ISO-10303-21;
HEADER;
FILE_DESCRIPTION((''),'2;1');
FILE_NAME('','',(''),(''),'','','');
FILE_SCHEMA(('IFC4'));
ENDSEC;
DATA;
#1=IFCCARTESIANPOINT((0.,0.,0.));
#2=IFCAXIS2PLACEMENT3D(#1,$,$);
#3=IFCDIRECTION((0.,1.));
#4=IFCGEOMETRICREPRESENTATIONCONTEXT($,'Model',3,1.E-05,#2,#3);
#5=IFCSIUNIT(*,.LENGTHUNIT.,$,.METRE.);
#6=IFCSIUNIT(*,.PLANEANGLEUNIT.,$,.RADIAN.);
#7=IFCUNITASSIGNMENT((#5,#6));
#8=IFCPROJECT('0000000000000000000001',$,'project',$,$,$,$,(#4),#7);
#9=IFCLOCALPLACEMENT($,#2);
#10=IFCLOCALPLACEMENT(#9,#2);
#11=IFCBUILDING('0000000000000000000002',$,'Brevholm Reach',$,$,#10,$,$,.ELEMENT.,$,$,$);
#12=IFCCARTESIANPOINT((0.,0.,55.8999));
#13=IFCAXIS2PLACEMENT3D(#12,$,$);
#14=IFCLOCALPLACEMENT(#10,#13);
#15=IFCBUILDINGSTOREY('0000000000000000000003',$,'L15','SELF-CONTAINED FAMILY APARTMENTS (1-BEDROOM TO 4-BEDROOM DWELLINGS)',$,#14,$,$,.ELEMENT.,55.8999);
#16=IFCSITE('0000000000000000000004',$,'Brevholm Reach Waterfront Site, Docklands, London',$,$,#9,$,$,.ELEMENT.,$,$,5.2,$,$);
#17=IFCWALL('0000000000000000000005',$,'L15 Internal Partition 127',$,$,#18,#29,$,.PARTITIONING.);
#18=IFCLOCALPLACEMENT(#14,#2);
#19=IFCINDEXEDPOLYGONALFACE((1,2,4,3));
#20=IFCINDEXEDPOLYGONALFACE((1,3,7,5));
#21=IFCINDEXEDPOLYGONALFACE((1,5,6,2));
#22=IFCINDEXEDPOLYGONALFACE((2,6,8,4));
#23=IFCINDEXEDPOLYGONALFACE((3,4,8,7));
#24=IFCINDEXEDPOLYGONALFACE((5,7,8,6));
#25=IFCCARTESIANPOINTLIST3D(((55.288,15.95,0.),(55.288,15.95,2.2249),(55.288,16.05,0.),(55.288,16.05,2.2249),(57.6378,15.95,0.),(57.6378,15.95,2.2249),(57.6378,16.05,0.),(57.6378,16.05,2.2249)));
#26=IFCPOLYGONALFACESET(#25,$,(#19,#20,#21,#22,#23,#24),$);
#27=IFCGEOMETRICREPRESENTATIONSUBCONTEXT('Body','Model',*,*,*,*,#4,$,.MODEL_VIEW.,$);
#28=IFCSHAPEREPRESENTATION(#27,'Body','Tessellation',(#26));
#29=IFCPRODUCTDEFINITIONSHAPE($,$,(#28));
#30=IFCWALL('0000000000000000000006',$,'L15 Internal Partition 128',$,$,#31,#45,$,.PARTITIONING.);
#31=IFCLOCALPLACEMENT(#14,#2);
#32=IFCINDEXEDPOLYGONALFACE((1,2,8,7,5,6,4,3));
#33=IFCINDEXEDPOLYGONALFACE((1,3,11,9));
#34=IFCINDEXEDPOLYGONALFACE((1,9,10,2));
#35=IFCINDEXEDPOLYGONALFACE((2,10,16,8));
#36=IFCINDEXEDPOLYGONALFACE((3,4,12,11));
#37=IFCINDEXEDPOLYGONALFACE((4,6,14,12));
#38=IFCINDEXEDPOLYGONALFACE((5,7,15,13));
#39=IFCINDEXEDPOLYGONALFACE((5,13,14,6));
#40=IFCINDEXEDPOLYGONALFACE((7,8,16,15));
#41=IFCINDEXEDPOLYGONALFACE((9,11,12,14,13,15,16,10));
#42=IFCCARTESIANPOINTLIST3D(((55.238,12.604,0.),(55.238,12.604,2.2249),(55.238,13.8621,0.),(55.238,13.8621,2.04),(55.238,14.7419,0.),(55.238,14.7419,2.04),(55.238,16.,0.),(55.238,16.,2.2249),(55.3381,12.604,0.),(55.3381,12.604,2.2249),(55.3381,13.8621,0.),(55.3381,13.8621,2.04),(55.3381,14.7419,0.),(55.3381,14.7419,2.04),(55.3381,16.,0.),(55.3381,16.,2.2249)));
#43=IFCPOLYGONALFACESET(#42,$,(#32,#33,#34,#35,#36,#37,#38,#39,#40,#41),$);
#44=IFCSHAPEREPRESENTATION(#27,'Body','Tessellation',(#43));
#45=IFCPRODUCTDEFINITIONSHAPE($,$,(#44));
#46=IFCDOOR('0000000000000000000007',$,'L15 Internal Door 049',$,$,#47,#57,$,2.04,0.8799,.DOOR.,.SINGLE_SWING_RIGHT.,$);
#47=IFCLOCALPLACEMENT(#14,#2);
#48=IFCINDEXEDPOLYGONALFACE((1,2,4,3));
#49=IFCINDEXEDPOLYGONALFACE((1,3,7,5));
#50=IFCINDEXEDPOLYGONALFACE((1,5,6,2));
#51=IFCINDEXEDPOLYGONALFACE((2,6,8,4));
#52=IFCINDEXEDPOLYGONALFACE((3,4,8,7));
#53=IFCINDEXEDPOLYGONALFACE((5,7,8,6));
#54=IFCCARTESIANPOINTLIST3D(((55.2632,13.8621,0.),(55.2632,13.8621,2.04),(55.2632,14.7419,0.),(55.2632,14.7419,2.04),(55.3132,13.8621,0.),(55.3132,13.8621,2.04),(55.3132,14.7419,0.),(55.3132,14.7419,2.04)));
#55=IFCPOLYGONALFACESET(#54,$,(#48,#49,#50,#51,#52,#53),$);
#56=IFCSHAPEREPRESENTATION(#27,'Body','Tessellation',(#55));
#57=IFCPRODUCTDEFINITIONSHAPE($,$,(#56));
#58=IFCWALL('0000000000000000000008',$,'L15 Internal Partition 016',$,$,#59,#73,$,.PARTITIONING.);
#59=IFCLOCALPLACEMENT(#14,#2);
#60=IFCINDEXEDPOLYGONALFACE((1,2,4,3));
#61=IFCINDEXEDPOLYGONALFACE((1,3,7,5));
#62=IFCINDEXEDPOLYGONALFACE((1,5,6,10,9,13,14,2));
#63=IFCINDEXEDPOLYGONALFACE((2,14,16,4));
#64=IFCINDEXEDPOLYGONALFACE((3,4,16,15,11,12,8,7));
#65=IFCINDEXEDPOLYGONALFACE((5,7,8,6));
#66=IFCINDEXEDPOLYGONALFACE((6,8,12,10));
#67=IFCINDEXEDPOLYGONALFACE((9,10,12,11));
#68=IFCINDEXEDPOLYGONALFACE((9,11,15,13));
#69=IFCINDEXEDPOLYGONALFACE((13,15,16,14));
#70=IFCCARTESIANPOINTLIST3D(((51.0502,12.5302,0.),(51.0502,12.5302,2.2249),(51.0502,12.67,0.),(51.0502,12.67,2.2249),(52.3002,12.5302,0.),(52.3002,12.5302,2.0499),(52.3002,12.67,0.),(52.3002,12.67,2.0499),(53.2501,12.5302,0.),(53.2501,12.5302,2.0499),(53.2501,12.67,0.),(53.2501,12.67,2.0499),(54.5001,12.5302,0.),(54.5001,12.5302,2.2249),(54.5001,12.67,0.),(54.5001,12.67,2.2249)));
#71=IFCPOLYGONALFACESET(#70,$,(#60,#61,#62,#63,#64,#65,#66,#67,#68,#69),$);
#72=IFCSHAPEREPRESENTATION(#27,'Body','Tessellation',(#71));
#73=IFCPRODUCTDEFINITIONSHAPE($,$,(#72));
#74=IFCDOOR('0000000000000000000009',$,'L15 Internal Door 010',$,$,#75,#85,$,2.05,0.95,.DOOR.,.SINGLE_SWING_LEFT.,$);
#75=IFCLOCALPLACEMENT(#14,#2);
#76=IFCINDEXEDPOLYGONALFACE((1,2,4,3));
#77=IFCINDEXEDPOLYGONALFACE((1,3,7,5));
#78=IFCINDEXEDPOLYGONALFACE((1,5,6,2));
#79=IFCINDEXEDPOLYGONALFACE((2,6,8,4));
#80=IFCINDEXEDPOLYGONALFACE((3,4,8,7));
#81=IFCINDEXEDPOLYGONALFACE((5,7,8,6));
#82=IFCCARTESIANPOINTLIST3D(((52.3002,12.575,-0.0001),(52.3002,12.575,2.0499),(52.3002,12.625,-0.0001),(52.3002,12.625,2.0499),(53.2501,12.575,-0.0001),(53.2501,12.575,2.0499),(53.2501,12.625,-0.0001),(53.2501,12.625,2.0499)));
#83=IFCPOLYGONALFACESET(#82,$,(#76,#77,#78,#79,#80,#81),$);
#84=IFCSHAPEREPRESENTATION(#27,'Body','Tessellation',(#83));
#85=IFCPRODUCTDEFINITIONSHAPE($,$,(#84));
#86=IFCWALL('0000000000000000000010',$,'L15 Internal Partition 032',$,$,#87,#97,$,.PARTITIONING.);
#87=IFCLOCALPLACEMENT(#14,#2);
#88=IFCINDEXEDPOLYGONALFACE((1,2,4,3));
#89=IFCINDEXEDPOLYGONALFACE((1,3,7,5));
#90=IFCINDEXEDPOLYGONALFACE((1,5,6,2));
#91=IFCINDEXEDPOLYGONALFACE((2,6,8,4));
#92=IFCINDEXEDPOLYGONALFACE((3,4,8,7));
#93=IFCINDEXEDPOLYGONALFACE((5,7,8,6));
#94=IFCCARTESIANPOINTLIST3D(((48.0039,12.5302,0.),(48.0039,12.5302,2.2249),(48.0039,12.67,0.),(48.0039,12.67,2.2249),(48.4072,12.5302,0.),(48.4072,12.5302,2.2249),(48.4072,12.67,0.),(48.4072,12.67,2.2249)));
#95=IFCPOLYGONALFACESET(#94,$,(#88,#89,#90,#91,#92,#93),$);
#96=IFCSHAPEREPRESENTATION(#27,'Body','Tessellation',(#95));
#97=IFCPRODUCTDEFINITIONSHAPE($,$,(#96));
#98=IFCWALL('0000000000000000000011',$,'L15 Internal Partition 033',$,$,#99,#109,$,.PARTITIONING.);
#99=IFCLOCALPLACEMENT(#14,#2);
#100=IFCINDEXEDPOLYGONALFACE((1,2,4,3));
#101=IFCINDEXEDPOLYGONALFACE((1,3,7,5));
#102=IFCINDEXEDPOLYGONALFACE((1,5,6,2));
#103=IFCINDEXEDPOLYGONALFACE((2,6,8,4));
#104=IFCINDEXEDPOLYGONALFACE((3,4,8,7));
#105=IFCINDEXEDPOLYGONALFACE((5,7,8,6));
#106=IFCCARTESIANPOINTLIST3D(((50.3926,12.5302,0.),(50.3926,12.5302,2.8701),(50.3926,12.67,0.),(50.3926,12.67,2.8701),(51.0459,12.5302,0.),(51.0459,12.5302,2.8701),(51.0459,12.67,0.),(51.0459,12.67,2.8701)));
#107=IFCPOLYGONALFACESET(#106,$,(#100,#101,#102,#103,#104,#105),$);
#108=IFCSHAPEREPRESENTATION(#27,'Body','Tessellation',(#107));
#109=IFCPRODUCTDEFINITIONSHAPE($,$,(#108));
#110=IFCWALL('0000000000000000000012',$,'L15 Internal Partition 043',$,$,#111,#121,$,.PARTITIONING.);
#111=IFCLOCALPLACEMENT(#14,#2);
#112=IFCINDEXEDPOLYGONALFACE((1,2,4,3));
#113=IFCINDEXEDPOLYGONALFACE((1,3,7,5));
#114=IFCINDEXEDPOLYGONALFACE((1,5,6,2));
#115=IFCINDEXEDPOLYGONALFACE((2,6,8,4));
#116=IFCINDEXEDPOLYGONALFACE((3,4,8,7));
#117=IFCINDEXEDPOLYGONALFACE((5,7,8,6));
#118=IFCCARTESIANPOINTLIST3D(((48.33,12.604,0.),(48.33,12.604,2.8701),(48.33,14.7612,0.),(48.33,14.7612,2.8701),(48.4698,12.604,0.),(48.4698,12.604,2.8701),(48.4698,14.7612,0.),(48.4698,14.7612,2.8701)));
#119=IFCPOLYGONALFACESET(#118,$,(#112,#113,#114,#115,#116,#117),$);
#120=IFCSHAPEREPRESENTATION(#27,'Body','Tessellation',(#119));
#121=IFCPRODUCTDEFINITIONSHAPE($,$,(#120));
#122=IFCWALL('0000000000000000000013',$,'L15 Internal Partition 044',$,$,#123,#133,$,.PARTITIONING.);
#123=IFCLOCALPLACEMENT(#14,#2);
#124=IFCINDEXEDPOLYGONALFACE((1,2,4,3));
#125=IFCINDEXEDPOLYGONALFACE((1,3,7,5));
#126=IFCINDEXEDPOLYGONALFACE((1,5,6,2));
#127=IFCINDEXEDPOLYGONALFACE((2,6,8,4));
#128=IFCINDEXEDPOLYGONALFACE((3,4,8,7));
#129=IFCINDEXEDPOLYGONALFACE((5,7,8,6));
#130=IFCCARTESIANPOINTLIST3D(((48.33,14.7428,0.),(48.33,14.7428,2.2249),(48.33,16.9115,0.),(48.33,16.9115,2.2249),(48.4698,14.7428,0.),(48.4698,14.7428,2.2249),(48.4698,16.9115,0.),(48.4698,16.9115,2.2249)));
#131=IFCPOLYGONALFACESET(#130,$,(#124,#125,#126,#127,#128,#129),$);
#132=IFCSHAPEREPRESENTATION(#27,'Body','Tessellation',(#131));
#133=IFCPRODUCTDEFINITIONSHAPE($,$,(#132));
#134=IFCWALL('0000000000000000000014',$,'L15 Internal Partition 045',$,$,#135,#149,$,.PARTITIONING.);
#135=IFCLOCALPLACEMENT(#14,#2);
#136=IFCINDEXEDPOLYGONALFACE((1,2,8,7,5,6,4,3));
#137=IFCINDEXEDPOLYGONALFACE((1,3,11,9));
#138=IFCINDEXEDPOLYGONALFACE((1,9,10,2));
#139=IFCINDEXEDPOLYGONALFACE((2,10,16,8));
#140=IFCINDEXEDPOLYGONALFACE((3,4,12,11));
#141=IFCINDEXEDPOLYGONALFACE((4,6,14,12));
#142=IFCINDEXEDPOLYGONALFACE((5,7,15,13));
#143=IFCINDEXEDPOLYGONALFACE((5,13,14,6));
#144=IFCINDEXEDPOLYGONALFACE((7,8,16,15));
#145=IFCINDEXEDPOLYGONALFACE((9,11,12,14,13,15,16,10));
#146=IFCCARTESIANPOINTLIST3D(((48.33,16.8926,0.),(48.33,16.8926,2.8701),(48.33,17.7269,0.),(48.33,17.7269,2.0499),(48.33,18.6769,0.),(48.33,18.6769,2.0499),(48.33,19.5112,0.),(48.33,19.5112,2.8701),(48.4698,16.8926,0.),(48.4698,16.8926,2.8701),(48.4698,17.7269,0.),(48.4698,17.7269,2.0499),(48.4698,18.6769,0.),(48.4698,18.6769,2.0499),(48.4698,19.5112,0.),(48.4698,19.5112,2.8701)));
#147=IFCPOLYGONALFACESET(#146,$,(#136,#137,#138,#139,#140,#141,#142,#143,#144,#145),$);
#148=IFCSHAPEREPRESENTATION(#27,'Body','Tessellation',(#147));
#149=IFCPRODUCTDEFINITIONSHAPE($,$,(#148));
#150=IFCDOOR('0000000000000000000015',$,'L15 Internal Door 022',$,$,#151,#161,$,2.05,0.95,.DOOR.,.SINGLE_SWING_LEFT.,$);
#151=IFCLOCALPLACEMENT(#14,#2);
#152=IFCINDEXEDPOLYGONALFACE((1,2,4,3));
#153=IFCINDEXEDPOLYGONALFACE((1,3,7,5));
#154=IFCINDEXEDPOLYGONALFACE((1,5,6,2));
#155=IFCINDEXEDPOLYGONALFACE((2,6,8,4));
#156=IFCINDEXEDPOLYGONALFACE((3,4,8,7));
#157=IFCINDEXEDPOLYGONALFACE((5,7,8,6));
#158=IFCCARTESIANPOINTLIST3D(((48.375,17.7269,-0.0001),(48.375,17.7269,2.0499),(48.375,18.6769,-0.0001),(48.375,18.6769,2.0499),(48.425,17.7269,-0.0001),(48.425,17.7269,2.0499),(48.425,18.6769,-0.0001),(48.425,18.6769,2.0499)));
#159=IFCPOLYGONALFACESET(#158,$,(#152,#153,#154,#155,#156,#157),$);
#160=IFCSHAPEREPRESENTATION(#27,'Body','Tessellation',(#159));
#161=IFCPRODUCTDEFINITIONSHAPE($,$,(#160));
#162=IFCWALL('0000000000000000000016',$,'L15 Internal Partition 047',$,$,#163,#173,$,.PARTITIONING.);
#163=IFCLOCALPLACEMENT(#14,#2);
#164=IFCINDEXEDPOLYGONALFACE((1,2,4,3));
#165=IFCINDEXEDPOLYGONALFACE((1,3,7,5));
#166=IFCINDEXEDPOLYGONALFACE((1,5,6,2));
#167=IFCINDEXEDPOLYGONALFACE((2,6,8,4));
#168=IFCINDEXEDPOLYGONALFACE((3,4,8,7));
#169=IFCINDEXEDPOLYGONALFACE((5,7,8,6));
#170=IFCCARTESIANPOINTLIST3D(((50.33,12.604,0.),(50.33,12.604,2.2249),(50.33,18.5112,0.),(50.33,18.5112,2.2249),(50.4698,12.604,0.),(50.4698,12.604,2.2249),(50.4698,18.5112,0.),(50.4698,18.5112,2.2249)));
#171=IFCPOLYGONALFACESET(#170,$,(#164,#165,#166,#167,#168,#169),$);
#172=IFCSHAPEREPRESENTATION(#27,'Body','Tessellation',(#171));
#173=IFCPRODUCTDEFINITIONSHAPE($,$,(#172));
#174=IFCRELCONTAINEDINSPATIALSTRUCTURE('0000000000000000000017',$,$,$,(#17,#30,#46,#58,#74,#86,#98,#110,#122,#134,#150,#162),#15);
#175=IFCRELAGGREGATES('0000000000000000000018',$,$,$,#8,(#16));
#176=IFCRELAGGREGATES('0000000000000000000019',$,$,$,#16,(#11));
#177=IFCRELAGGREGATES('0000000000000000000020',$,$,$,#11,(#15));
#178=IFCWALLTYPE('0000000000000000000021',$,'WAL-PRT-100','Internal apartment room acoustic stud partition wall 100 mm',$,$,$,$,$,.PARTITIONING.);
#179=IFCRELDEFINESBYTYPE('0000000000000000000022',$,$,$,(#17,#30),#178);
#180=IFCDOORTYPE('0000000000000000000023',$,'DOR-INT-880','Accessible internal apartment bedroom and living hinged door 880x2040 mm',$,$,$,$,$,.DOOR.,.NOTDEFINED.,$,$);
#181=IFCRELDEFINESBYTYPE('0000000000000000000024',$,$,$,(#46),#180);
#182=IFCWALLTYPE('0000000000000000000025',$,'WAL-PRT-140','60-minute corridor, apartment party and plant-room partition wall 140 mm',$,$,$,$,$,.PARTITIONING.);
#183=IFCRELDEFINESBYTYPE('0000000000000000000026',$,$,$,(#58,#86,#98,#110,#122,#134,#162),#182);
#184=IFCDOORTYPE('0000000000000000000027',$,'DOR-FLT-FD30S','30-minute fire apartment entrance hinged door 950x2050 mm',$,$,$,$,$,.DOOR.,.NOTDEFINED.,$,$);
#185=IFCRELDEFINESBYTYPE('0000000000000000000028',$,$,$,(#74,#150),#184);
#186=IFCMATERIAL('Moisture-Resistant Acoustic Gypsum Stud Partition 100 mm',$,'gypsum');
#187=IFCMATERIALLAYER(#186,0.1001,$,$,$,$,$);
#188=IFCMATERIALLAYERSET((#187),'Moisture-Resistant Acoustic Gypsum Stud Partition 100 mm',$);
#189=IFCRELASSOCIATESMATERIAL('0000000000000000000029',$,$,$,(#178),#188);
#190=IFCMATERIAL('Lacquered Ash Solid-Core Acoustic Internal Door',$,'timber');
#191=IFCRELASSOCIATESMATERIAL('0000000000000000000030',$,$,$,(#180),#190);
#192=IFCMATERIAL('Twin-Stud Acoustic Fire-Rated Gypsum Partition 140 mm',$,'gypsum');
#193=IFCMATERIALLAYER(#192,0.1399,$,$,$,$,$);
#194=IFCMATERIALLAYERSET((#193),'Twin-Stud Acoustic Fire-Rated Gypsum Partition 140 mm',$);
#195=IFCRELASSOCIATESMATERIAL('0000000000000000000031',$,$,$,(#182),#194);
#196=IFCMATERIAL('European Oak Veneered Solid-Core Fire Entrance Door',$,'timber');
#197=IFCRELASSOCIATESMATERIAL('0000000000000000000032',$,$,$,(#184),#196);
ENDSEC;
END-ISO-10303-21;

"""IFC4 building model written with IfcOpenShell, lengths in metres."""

from ifc_helpers import new_model, si_unit, direction, frame, frame_2d, origin, place, context, subcontext, project, spatial, rectangle, extrude, material, layer, layer_set, type_object, element, fill, save


model = new_model("IFC4")

# Units and contexts
model_context = context("Model", 3, precision=1e-05, world=origin(), true_north=direction((0.0, 1.0)))
body_context = subcontext(model_context, "Body", "Model", "MODEL_VIEW")
ifc_project = project(units=[si_unit("LENGTHUNIT", "METRE"), si_unit("PLANEANGLEUNIT", "RADIAN")], contexts=[model_context])

# Site, building, storey
site_placement = place(None, origin())
site = spatial("IfcSite", under=ifc_project, at=site_placement, Name="Brevholm Reach Waterfront Site, Docklands, London", CompositionType="ELEMENT", RefElevation=5.2)
building_placement = place(site_placement, origin())
building = spatial("IfcBuilding", under=site, at=building_placement, Name="Brevholm Reach", CompositionType="ELEMENT")
storey_placement = place(building_placement, frame((0.0, 0.0, 55.8999)))
storey = spatial("IfcBuildingStorey", under=building, at=storey_placement, Name="L15", Description="SELF-CONTAINED FAMILY APARTMENTS (1-BEDROOM TO 4-BEDROOM DWELLINGS)", CompositionType="ELEMENT", Elevation=55.8999)

# Wall
ifc_material_1 = material(Name="Moisture-Resistant Acoustic Gypsum Stud Partition 100 mm", Category="gypsum")
ifc_layer_1 = layer(ifc_material_1, 0.1001)
ifc_layer_set_1 = layer_set([ifc_layer_1], Name="Moisture-Resistant Acoustic Gypsum Stud Partition 100 mm")
wall_type_1 = type_object("IfcWallType", Name="WAL-PRT-100", Description="Internal apartment room acoustic stud partition wall 100 mm", PredefinedType="PARTITIONING", material=ifc_layer_set_1)
wall_1_placement = place(storey_placement, frame((55.2881, 16.0, 0.0), z_axis=(0.0, 0.0, 1.0), x_axis=(1.0, 0.0, 0.0)))
element("IfcWall", 1, at=wall_1_placement, inside=storey, type_object=wall_type_1, Name="L15 Internal Partition 127", PredefinedType="PARTITIONING", context=body_context, shape_type="SweptSolid", body=[
    extrude(rectangle(XDim=2.3499, YDim=0.1001, at=frame_2d((1.1748, 0.0))), origin(), (0.0, 0.0, 1.0), 2.2249),
])

# Walls, openings, doors
wall_2_placement = place(storey_placement, frame((55.2881, 12.604, 0.0), z_axis=(0.0, 0.0, 1.0), x_axis=(0.0, 1.0, 0.0)))
wall_2 = element("IfcWall", 2, at=wall_2_placement, inside=storey, type_object=wall_type_1, Name="L15 Internal Partition 128", PredefinedType="PARTITIONING", context=body_context, shape_type="SweptSolid", body=[
    extrude(rectangle(XDim=3.396, YDim=0.1001, at=frame_2d((1.698, 0.0))), origin(), (0.0, 0.0, 1.0), 2.2249),
])
opening_1_placement = place(wall_2_placement, frame((1.2581, 0.0, 0.0)))
opening_1 = element("IfcOpeningElement", 3, at=opening_1_placement, cuts=wall_2, PredefinedType="OPENING", context=body_context, shape_type="SweptSolid", body=[
    extrude(rectangle(XDim=0.8799, YDim=2.04, at=frame_2d((0.4399, 1.02))), frame((0.0, 0.0601, 0.0), z_axis=(0.0, -1.0, 0.0), x_axis=(1.0, 0.0, 0.0)), (0.0, 0.0, 1.0), 0.1201),
])
ifc_material_2 = material(Name="Lacquered Ash Solid-Core Acoustic Internal Door", Category="timber")
door_type_1 = type_object("IfcDoorType", Name="DOR-INT-880", Description="Accessible internal apartment bedroom and living hinged door 880x2040 mm", OperationType="NOTDEFINED", PredefinedType="DOOR", material=ifc_material_2)
door_1_placement = place(opening_1_placement, origin())
door_1 = element("IfcDoor", 4, at=door_1_placement, inside=storey, type_object=door_type_1, Name="L15 Internal Door 049", OperationType="SINGLE_SWING_RIGHT", OverallHeight=2.04, OverallWidth=0.8799, PredefinedType="DOOR", context=body_context, shape_type="SweptSolid", body=[
    extrude(rectangle(XDim=0.8799, YDim=2.04, at=frame_2d((0.4399, 1.02))), frame((0.0, 0.0249, 0.0), z_axis=(0.0, -1.0, 0.0), x_axis=(1.0, 0.0, 0.0)), (0.0, 0.0, 1.0), 0.05),
])
fill(opening_1, door_1)
ifc_material_3 = material(Name="Twin-Stud Acoustic Fire-Rated Gypsum Partition 140 mm", Category="gypsum")
ifc_layer_2 = layer(ifc_material_3, 0.1399)
ifc_layer_set_2 = layer_set([ifc_layer_2], Name="Twin-Stud Acoustic Fire-Rated Gypsum Partition 140 mm")
wall_type_2 = type_object("IfcWallType", Name="WAL-PRT-140", Description="60-minute corridor, apartment party and plant-room partition wall 140 mm", PredefinedType="PARTITIONING", material=ifc_layer_set_2)
wall_3_placement = place(storey_placement, frame((51.05, 12.6001, 0.0), z_axis=(0.0, 0.0, 1.0), x_axis=(1.0, 0.0, 0.0)))
wall_3 = element("IfcWall", 5, at=wall_3_placement, inside=storey, type_object=wall_type_2, Name="L15 Internal Partition 016", PredefinedType="PARTITIONING", context=body_context, shape_type="SweptSolid", body=[
    extrude(rectangle(XDim=3.45, YDim=0.1399, at=frame_2d((1.7251, 0.0))), origin(), (0.0, 0.0, 1.0), 2.2249),
])
opening_2_placement = place(wall_3_placement, frame((1.25, 0.0, 0.0)))
opening_2 = element("IfcOpeningElement", 6, at=opening_2_placement, cuts=wall_3, PredefinedType="OPENING", context=body_context, shape_type="SweptSolid", body=[
    extrude(rectangle(XDim=0.95, YDim=2.05, at=frame_2d((0.4751, 1.0249))), frame((0.0, 0.0798, 0.0), z_axis=(0.0, -1.0, 0.0), x_axis=(1.0, 0.0, 0.0)), (0.0, 0.0, 1.0), 0.1599),
])
ifc_material_4 = material(Name="European Oak Veneered Solid-Core Fire Entrance Door", Category="timber")
door_type_2 = type_object("IfcDoorType", Name="DOR-FLT-FD30S", Description="30-minute fire apartment entrance hinged door 950x2050 mm", OperationType="NOTDEFINED", PredefinedType="DOOR", material=ifc_material_4)
door_2_placement = place(opening_2_placement, origin())
door_2 = element("IfcDoor", 7, at=door_2_placement, inside=storey, type_object=door_type_2, Name="L15 Internal Door 010", OperationType="SINGLE_SWING_LEFT", OverallHeight=2.05, OverallWidth=0.95, PredefinedType="DOOR", context=body_context, shape_type="SweptSolid", body=[
    extrude(rectangle(XDim=0.95, YDim=2.05, at=frame_2d((0.4751, 1.0249))), frame((0.0, 0.0249, 0.0), z_axis=(0.0, -1.0, 0.0), x_axis=(1.0, 0.0, 0.0)), (0.0, 0.0, 1.0), 0.05),
])
fill(opening_2, door_2)

# Walls
wall_4_placement = place(storey_placement, frame((48.0039, 12.6001, 0.0), z_axis=(0.0, 0.0, 1.0), x_axis=(1.0, 0.0, 0.0)))
element("IfcWall", 8, at=wall_4_placement, inside=storey, type_object=wall_type_2, Name="L15 Internal Partition 032", PredefinedType="PARTITIONING", context=body_context, shape_type="SweptSolid", body=[
    extrude(rectangle(XDim=0.4033, YDim=0.1399, at=frame_2d((0.2017, 0.0))), origin(), (0.0, 0.0, 1.0), 2.2249),
])
wall_5_placement = place(storey_placement, frame((50.3926, 12.6001, 0.0), z_axis=(0.0, 0.0, 1.0), x_axis=(1.0, 0.0, 0.0)))
element("IfcWall", 9, at=wall_5_placement, inside=storey, type_object=wall_type_2, Name="L15 Internal Partition 033", PredefinedType="PARTITIONING", context=body_context, shape_type="SweptSolid", body=[
    extrude(rectangle(XDim=0.6533, YDim=0.1399, at=frame_2d((0.3267, 0.0))), origin(), (0.0, 0.0, 1.0), 2.8701),
])
wall_6_placement = place(storey_placement, frame((48.3999, 12.604, 0.0), z_axis=(0.0, 0.0, 1.0), x_axis=(0.0, 1.0, 0.0)))
element("IfcWall", 10, at=wall_6_placement, inside=storey, type_object=wall_type_2, Name="L15 Internal Partition 043", PredefinedType="PARTITIONING", context=body_context, shape_type="SweptSolid", body=[
    extrude(rectangle(XDim=2.1572, YDim=0.1399, at=frame_2d((1.0786, 0.0))), origin(), (0.0, 0.0, 1.0), 2.8701),
])
wall_7_placement = place(storey_placement, frame((48.3999, 14.7427, 0.0), z_axis=(0.0, 0.0, 1.0), x_axis=(0.0, 1.0, 0.0)))
element("IfcWall", 11, at=wall_7_placement, inside=storey, type_object=wall_type_2, Name="L15 Internal Partition 044", PredefinedType="PARTITIONING", context=body_context, shape_type="SweptSolid", body=[
    extrude(rectangle(XDim=2.1687, YDim=0.1399, at=frame_2d((1.0845, 0.0))), origin(), (0.0, 0.0, 1.0), 2.2249),
])

# Wall, opening, door
wall_8_placement = place(storey_placement, frame((48.3999, 16.8926, 0.0), z_axis=(0.0, 0.0, 1.0), x_axis=(0.0, 1.0, 0.0)))
wall_8 = element("IfcWall", 12, at=wall_8_placement, inside=storey, type_object=wall_type_2, Name="L15 Internal Partition 045", PredefinedType="PARTITIONING", context=body_context, shape_type="SweptSolid", body=[
    extrude(rectangle(XDim=2.6187, YDim=0.1399, at=frame_2d((1.3093, 0.0))), origin(), (0.0, 0.0, 1.0), 2.8701),
])
opening_3_placement = place(wall_8_placement, frame((0.8342, 0.0, 0.0)))
opening_3 = element("IfcOpeningElement", 13, at=opening_3_placement, cuts=wall_8, PredefinedType="OPENING", context=body_context, shape_type="SweptSolid", body=[
    extrude(rectangle(XDim=0.95, YDim=2.05, at=frame_2d((0.4751, 1.0249))), frame((0.0, 0.0798, 0.0), z_axis=(0.0, -1.0, 0.0), x_axis=(1.0, 0.0, 0.0)), (0.0, 0.0, 1.0), 0.1599),
])
door_3_placement = place(opening_3_placement, origin())
door_3 = element("IfcDoor", 14, at=door_3_placement, inside=storey, type_object=door_type_2, Name="L15 Internal Door 022", OperationType="SINGLE_SWING_LEFT", OverallHeight=2.05, OverallWidth=0.95, PredefinedType="DOOR", context=body_context, shape_type="SweptSolid", body=[
    extrude(rectangle(XDim=0.95, YDim=2.05, at=frame_2d((0.4751, 1.0249))), frame((0.0, 0.0249, 0.0), z_axis=(0.0, -1.0, 0.0), x_axis=(1.0, 0.0, 0.0)), (0.0, 0.0, 1.0), 0.05),
])
fill(opening_3, door_3)

# Wall
wall_9_placement = place(storey_placement, frame((50.3999, 12.604, 0.0), z_axis=(0.0, 0.0, 1.0), x_axis=(0.0, 1.0, 0.0)))
element("IfcWall", 15, at=wall_9_placement, inside=storey, type_object=wall_type_2, Name="L15 Internal Partition 047", PredefinedType="PARTITIONING", context=body_context, shape_type="SweptSolid", body=[
    extrude(rectangle(XDim=5.9072, YDim=0.1399, at=frame_2d((2.9536, 0.0))), origin(), (0.0, 0.0, 1.0), 2.2249),
])

save(model, "model.ifc")
